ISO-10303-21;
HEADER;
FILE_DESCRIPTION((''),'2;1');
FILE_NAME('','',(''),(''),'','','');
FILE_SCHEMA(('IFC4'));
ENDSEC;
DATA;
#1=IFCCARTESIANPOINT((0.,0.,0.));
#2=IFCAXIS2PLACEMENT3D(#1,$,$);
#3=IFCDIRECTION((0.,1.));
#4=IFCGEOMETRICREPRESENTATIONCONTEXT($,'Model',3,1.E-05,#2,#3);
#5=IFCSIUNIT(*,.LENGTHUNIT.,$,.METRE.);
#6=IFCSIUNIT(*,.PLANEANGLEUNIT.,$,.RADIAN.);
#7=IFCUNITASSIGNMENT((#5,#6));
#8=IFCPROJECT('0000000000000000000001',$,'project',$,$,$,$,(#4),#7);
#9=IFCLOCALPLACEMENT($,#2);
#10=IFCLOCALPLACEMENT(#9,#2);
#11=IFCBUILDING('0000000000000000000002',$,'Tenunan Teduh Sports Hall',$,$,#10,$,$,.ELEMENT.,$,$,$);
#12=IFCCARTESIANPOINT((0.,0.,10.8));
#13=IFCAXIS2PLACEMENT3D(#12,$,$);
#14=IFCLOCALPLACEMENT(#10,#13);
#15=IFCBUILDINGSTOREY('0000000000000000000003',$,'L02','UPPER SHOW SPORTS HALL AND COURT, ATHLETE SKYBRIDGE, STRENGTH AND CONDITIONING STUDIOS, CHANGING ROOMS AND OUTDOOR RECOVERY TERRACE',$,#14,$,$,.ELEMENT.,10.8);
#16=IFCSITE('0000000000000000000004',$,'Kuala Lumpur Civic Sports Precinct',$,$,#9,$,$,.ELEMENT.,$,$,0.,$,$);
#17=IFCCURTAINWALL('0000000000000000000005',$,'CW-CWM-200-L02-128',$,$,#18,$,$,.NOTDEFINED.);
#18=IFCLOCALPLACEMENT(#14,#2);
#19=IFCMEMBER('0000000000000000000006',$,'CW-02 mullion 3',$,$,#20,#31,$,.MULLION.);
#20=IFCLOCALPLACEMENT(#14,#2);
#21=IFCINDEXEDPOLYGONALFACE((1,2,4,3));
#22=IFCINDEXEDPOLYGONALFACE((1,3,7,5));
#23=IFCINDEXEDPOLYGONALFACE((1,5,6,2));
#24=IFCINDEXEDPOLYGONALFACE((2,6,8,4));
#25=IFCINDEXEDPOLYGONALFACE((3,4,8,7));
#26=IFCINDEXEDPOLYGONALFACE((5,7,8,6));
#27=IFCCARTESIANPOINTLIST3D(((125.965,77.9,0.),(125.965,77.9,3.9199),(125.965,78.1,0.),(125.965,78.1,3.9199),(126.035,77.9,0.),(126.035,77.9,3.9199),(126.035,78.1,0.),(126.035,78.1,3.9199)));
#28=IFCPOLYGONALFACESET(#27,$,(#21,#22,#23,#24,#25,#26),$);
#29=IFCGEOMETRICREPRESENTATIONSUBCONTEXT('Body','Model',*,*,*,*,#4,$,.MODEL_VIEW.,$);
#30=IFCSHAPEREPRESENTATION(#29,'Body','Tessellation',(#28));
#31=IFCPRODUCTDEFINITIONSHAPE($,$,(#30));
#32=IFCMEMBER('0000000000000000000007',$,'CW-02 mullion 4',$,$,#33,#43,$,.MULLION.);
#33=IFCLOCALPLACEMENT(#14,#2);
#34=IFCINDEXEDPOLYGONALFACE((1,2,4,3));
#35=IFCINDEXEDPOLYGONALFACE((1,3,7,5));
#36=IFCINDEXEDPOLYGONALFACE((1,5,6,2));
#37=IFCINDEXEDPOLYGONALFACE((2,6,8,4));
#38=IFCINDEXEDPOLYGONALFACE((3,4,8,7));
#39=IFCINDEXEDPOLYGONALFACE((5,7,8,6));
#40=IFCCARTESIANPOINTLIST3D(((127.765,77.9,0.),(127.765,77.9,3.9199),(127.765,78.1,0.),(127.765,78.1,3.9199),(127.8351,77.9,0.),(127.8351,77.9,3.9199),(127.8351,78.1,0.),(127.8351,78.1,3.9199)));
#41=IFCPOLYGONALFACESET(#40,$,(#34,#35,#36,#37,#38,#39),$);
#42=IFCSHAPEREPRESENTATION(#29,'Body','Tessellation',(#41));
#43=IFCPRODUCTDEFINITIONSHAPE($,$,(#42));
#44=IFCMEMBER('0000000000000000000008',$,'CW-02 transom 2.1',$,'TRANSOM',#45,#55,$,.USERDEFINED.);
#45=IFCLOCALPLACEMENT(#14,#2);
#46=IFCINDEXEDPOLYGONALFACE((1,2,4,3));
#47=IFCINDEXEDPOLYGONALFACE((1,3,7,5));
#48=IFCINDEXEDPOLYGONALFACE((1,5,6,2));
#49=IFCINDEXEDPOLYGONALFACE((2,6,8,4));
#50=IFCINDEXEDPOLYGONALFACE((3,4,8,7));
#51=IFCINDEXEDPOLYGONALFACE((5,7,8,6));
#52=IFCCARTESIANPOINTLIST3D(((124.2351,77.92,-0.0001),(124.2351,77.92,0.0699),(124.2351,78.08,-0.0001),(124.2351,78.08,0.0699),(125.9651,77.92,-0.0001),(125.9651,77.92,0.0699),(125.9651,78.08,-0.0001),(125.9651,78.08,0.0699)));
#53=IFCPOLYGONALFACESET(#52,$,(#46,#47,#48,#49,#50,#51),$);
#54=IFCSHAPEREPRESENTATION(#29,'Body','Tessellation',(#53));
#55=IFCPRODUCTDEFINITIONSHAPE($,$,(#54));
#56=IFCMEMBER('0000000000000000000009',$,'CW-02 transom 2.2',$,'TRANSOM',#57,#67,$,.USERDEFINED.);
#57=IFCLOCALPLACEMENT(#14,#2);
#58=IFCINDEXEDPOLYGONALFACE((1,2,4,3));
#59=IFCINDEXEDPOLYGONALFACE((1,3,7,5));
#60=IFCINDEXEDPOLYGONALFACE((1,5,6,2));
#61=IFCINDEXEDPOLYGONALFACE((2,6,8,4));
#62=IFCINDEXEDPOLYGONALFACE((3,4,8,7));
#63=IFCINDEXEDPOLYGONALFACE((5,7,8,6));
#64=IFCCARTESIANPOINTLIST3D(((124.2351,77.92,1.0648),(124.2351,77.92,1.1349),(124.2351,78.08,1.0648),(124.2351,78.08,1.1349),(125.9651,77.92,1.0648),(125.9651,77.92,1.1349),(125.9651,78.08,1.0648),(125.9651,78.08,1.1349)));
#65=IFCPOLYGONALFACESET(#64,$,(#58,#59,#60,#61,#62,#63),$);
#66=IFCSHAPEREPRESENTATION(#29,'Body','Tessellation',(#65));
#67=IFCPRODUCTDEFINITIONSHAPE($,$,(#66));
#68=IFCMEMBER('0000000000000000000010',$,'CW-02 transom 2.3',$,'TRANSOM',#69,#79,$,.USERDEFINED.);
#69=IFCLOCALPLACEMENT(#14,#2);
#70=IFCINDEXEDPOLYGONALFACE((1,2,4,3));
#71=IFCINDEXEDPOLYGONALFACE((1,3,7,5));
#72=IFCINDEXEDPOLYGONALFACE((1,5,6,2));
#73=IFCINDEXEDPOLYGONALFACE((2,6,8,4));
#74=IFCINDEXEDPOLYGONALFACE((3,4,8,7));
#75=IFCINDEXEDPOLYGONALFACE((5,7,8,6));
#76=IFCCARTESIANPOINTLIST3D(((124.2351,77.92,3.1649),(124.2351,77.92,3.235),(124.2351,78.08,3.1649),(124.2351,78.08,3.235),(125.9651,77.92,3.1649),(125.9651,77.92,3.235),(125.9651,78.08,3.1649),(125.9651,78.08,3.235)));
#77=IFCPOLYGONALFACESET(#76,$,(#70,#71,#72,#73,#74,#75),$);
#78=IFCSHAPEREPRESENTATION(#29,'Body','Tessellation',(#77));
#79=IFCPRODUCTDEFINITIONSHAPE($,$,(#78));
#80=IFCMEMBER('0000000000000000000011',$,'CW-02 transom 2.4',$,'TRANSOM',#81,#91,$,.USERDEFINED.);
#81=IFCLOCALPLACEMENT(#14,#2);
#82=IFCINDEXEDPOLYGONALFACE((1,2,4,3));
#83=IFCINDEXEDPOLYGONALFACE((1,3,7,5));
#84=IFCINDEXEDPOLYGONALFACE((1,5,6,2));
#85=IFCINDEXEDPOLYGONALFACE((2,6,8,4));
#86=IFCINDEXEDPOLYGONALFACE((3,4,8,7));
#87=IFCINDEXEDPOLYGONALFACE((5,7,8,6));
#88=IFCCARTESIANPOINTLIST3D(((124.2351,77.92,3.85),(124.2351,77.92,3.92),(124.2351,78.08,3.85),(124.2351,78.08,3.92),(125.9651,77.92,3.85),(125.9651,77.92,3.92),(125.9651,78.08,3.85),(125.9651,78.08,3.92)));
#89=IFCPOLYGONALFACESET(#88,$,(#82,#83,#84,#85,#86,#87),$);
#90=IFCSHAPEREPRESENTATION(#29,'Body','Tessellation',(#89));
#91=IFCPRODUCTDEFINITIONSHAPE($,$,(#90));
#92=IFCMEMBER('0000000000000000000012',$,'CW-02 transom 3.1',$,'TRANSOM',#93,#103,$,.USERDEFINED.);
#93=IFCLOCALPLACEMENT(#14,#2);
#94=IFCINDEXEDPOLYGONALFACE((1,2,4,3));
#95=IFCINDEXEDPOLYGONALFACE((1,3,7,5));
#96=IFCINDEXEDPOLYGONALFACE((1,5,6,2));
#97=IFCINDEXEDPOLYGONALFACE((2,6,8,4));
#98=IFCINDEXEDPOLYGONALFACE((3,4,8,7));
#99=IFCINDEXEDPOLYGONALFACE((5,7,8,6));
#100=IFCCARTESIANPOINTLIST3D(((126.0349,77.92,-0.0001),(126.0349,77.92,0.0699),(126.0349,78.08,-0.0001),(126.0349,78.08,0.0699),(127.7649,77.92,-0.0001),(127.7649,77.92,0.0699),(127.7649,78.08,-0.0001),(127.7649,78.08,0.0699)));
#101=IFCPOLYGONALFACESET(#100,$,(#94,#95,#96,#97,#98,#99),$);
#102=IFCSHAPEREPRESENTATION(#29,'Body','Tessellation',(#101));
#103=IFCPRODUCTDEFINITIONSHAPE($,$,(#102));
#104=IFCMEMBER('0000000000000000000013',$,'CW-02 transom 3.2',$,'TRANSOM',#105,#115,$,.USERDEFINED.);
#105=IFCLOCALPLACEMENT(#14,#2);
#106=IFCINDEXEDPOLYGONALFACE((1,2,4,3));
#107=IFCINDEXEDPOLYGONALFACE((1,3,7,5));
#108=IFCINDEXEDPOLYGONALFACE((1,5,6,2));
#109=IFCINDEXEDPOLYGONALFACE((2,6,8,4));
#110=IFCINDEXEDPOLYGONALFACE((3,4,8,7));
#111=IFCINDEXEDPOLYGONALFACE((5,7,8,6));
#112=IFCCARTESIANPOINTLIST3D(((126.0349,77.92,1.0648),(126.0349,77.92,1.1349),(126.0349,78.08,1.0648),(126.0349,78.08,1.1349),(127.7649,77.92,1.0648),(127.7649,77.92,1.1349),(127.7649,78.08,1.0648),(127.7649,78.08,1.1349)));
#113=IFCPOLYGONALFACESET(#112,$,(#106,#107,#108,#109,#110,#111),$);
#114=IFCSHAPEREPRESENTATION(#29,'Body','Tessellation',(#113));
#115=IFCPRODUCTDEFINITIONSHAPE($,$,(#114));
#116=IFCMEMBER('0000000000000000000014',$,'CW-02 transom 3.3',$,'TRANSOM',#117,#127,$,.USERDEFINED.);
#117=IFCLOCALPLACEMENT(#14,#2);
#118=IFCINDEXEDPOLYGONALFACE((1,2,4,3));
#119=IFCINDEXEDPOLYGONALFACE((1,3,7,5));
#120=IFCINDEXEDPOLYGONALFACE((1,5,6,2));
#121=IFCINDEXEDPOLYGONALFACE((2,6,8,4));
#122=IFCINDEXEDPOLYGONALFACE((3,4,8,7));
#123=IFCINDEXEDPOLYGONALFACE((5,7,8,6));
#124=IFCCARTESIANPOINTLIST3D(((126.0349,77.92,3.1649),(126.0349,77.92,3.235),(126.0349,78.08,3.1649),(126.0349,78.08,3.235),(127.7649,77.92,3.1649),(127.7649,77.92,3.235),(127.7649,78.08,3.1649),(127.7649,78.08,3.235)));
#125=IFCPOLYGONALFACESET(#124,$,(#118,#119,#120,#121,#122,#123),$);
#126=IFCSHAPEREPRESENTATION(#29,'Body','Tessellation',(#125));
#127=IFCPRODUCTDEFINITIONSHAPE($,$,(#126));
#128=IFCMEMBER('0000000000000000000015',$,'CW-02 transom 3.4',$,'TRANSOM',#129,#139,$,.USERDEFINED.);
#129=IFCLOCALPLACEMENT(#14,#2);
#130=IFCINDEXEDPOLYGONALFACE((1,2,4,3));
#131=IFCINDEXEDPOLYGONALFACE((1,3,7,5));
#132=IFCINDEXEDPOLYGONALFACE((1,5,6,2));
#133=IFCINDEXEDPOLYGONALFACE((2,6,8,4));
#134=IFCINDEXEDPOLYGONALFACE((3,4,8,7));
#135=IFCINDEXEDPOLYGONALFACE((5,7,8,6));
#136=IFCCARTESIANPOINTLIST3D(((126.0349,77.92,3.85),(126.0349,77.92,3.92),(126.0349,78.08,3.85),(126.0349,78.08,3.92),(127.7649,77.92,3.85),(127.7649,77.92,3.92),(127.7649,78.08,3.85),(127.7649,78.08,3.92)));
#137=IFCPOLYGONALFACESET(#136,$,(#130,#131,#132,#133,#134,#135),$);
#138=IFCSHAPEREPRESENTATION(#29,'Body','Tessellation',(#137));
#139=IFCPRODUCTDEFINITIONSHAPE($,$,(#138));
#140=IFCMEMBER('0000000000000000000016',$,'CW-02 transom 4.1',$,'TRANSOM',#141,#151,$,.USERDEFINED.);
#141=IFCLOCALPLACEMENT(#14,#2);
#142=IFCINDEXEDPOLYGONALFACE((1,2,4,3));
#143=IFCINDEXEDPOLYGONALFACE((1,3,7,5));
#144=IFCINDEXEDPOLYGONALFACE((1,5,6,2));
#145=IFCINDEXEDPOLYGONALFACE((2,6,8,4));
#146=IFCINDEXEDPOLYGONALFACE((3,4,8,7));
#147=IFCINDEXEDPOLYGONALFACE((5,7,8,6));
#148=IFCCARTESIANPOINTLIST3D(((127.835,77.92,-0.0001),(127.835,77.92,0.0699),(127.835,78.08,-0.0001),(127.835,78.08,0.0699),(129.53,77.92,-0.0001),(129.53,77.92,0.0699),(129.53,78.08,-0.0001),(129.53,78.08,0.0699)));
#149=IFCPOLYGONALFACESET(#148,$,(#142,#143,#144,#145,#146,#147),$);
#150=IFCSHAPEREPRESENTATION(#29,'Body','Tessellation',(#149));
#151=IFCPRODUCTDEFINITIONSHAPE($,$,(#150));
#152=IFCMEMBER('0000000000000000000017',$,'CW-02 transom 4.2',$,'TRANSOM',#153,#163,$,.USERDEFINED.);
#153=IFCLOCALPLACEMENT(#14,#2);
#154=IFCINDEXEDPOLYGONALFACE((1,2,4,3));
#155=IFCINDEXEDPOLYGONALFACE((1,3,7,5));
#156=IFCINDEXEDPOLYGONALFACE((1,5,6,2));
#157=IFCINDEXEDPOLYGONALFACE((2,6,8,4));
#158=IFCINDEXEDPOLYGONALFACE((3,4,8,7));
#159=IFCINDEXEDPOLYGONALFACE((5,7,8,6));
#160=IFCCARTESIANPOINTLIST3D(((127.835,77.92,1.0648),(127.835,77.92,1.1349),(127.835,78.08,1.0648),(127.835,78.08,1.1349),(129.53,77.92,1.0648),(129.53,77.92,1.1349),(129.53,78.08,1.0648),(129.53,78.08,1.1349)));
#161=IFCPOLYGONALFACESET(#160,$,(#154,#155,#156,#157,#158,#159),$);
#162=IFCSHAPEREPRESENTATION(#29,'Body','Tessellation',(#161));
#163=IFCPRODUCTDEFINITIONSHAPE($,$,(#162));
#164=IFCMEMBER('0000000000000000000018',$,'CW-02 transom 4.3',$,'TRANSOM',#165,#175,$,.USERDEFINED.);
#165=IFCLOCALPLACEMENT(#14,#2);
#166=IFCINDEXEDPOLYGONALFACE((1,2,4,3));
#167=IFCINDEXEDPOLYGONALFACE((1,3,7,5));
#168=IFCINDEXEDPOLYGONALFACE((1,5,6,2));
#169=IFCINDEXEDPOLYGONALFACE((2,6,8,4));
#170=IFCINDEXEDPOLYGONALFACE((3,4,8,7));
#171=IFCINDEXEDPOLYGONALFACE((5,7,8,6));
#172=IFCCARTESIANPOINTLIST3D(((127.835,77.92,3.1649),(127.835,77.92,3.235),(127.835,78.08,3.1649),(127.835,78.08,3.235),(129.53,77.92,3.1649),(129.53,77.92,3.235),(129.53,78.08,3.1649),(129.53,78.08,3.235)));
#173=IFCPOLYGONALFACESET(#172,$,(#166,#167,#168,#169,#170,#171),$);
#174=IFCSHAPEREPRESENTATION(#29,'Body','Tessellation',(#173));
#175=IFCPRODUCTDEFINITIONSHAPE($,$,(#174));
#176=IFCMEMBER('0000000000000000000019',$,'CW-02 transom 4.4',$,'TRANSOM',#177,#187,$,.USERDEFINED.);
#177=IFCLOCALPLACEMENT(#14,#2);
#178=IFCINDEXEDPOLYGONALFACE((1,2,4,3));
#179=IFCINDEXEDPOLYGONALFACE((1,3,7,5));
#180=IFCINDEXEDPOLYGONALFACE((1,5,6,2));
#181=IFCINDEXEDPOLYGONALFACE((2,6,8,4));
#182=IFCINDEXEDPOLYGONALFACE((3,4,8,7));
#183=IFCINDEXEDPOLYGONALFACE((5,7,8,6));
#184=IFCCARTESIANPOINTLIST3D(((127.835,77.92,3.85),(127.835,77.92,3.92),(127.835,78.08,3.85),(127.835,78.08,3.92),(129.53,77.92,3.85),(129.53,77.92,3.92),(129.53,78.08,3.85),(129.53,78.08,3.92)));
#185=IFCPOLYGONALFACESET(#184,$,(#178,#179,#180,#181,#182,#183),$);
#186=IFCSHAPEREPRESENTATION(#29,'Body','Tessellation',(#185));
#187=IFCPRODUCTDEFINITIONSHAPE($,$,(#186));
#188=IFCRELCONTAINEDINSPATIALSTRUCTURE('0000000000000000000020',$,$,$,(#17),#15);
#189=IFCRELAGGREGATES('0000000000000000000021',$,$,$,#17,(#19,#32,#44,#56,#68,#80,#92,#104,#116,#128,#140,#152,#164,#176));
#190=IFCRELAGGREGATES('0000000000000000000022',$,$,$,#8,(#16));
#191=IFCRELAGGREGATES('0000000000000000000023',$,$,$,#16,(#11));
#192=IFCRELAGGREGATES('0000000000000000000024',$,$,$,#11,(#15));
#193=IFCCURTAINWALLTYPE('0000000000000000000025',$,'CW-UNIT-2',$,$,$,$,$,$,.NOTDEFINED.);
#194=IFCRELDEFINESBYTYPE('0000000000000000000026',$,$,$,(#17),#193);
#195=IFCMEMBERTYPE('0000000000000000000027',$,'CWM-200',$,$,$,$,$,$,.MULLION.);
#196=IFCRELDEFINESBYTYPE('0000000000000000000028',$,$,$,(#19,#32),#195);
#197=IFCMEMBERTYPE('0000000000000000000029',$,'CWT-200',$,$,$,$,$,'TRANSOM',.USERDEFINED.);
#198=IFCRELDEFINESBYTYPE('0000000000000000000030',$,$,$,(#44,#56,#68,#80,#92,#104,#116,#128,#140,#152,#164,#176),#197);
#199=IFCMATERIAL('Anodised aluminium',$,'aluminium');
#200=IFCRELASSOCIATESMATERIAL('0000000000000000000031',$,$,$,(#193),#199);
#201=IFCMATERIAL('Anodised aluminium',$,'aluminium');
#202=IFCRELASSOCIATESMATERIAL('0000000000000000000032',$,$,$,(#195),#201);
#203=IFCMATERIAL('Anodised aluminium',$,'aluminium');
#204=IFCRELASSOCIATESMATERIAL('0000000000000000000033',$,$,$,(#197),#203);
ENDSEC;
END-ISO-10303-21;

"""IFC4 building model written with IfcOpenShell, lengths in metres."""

from ifc_helpers import new_model, si_unit, direction, frame, origin, origin_2d, place, context, subcontext, project, spatial, rectangle, extrude, material, material_profile, profile_set, type_object, element, aggregate, save


model = new_model("IFC4")

# Units and contexts
model_context = context("Model", 3, precision=1e-05, world=origin(), true_north=direction((0.0, 1.0)))
body_context = subcontext(model_context, "Body", "Model", "MODEL_VIEW")
ifc_project = project(units=[si_unit("LENGTHUNIT", "METRE"), si_unit("PLANEANGLEUNIT", "RADIAN")], contexts=[model_context])

# Site, building, storey
site_placement = place(None, origin())
site = spatial("IfcSite", under=ifc_project, at=site_placement, Name="Kuala Lumpur Civic Sports Precinct", CompositionType="ELEMENT", RefElevation=0.0)
building_placement = place(site_placement, origin())
building = spatial("IfcBuilding", under=site, at=building_placement, Name="Tenunan Teduh Sports Hall", CompositionType="ELEMENT")
storey_placement = place(building_placement, frame((0.0, 0.0, 10.8)))
storey = spatial("IfcBuildingStorey", under=building, at=storey_placement, Name="L02", Description="UPPER SHOW SPORTS HALL AND COURT, ATHLETE SKYBRIDGE, STRENGTH AND CONDITIONING STUDIOS, CHANGING ROOMS AND OUTDOOR RECOVERY TERRACE", CompositionType="ELEMENT", Elevation=10.8)

# Curtain wall, members
ifc_material_1 = material(Name="Anodised aluminium", Category="aluminium")
curtain_wall_type = type_object("IfcCurtainWallType", Name="CW-UNIT-2", PredefinedType="NOTDEFINED", material=ifc_material_1)
curtain_wall_placement = place(storey_placement, origin())
curtain_wall = element("IfcCurtainWall", 1, at=curtain_wall_placement, inside=storey, type_object=curtain_wall_type, Name="CW-CWM-200-L02-128", PredefinedType="NOTDEFINED")
ifc_material_2 = material(Name="Anodised aluminium", Category="aluminium")
ifc_material_profile_1 = material_profile(ifc_material_2, rectangle(XDim=0.0701, YDim=0.2, at=origin_2d()), Name="CWM 70x200")
ifc_profile_set_1 = profile_set([ifc_material_profile_1], Name="Anodised aluminium")
member_type_1 = type_object("IfcMemberType", Name="CWM-200", PredefinedType="MULLION", material=ifc_profile_set_1)
member_1_placement = place(storey_placement, frame((126.0, 78.0, 0.0), z_axis=(0.0, 0.0, 1.0), x_axis=(1.0, 0.0, 0.0)))
member_1 = element("IfcMember", 2, at=member_1_placement, type_object=member_type_1, Name="CW-02 mullion 3", PredefinedType="MULLION", context=body_context, shape_type="SweptSolid", body=[
    extrude(rectangle(XDim=0.0701, YDim=0.2, at=origin_2d()), origin(), (0.0, 0.0, 1.0), 3.9199),
])
member_2_placement = place(storey_placement, frame((127.8, 78.0, 0.0), z_axis=(0.0, 0.0, 1.0), x_axis=(1.0, 0.0, 0.0)))
member_2 = element("IfcMember", 3, at=member_2_placement, type_object=member_type_1, Name="CW-02 mullion 4", PredefinedType="MULLION", context=body_context, shape_type="SweptSolid", body=[
    extrude(rectangle(XDim=0.0701, YDim=0.2, at=origin_2d()), origin(), (0.0, 0.0, 1.0), 3.9199),
])
ifc_material_3 = material(Name="Anodised aluminium", Category="aluminium")
ifc_material_profile_2 = material_profile(ifc_material_3, rectangle(XDim=0.0701, YDim=0.1599, at=origin_2d()), Name="CWT 70x160")
ifc_profile_set_2 = profile_set([ifc_material_profile_2], Name="Anodised aluminium")
member_type_2 = type_object("IfcMemberType", Name="CWT-200", ElementType="TRANSOM", PredefinedType="USERDEFINED", material=ifc_profile_set_2)
member_3_placement = place(storey_placement, frame((124.2351, 78.0, 0.0349), z_axis=(1.0, 0.0, 0.0), x_axis=(0.0, 0.0, 1.0)))
member_3 = element("IfcMember", 4, at=member_3_placement, type_object=member_type_2, Name="CW-02 transom 2.1", ObjectType="TRANSOM", PredefinedType="USERDEFINED", context=body_context, shape_type="SweptSolid", body=[
    extrude(rectangle(XDim=0.0701, YDim=0.1599, at=origin_2d()), origin(), (0.0, 0.0, 1.0), 1.73),
])
member_4_placement = place(storey_placement, frame((124.2351, 78.0, 1.0999), z_axis=(1.0, 0.0, 0.0), x_axis=(0.0, 0.0, 1.0)))
member_4 = element("IfcMember", 5, at=member_4_placement, type_object=member_type_2, Name="CW-02 transom 2.2", ObjectType="TRANSOM", PredefinedType="USERDEFINED", context=body_context, shape_type="SweptSolid", body=[
    extrude(rectangle(XDim=0.0701, YDim=0.1599, at=origin_2d()), origin(), (0.0, 0.0, 1.0), 1.73),
])
member_5_placement = place(storey_placement, frame((124.2351, 78.0, 3.2), z_axis=(1.0, 0.0, 0.0), x_axis=(0.0, 0.0, 1.0)))
member_5 = element("IfcMember", 6, at=member_5_placement, type_object=member_type_2, Name="CW-02 transom 2.3", ObjectType="TRANSOM", PredefinedType="USERDEFINED", context=body_context, shape_type="SweptSolid", body=[
    extrude(rectangle(XDim=0.0701, YDim=0.1599, at=origin_2d()), origin(), (0.0, 0.0, 1.0), 1.73),
])
member_6_placement = place(storey_placement, frame((124.2351, 78.0, 3.885), z_axis=(1.0, 0.0, 0.0), x_axis=(0.0, 0.0, 1.0)))
member_6 = element("IfcMember", 7, at=member_6_placement, type_object=member_type_2, Name="CW-02 transom 2.4", ObjectType="TRANSOM", PredefinedType="USERDEFINED", context=body_context, shape_type="SweptSolid", body=[
    extrude(rectangle(XDim=0.0701, YDim=0.1599, at=origin_2d()), origin(), (0.0, 0.0, 1.0), 1.73),
])
member_7_placement = place(storey_placement, frame((126.0349, 78.0, 0.0349), z_axis=(1.0, 0.0, 0.0), x_axis=(0.0, 0.0, 1.0)))
member_7 = element("IfcMember", 8, at=member_7_placement, type_object=member_type_2, Name="CW-02 transom 3.1", ObjectType="TRANSOM", PredefinedType="USERDEFINED", context=body_context, shape_type="SweptSolid", body=[
    extrude(rectangle(XDim=0.0701, YDim=0.1599, at=origin_2d()), origin(), (0.0, 0.0, 1.0), 1.73),
])
member_8_placement = place(storey_placement, frame((126.0349, 78.0, 1.0999), z_axis=(1.0, 0.0, 0.0), x_axis=(0.0, 0.0, 1.0)))
member_8 = element("IfcMember", 9, at=member_8_placement, type_object=member_type_2, Name="CW-02 transom 3.2", ObjectType="TRANSOM", PredefinedType="USERDEFINED", context=body_context, shape_type="SweptSolid", body=[
    extrude(rectangle(XDim=0.0701, YDim=0.1599, at=origin_2d()), origin(), (0.0, 0.0, 1.0), 1.73),
])
member_9_placement = place(storey_placement, frame((126.0349, 78.0, 3.2), z_axis=(1.0, 0.0, 0.0), x_axis=(0.0, 0.0, 1.0)))
member_9 = element("IfcMember", 10, at=member_9_placement, type_object=member_type_2, Name="CW-02 transom 3.3", ObjectType="TRANSOM", PredefinedType="USERDEFINED", context=body_context, shape_type="SweptSolid", body=[
    extrude(rectangle(XDim=0.0701, YDim=0.1599, at=origin_2d()), origin(), (0.0, 0.0, 1.0), 1.73),
])
member_10_placement = place(storey_placement, frame((126.0349, 78.0, 3.885), z_axis=(1.0, 0.0, 0.0), x_axis=(0.0, 0.0, 1.0)))
member_10 = element("IfcMember", 11, at=member_10_placement, type_object=member_type_2, Name="CW-02 transom 3.4", ObjectType="TRANSOM", PredefinedType="USERDEFINED", context=body_context, shape_type="SweptSolid", body=[
    extrude(rectangle(XDim=0.0701, YDim=0.1599, at=origin_2d()), origin(), (0.0, 0.0, 1.0), 1.73),
])
member_11_placement = place(storey_placement, frame((127.835, 78.0, 0.0349), z_axis=(1.0, 0.0, 0.0), x_axis=(0.0, 0.0, 1.0)))
member_11 = element("IfcMember", 12, at=member_11_placement, type_object=member_type_2, Name="CW-02 transom 4.1", ObjectType="TRANSOM", PredefinedType="USERDEFINED", context=body_context, shape_type="SweptSolid", body=[
    extrude(rectangle(XDim=0.0701, YDim=0.1599, at=origin_2d()), origin(), (0.0, 0.0, 1.0), 1.6951),
])
member_12_placement = place(storey_placement, frame((127.835, 78.0, 1.0999), z_axis=(1.0, 0.0, 0.0), x_axis=(0.0, 0.0, 1.0)))
member_12 = element("IfcMember", 13, at=member_12_placement, type_object=member_type_2, Name="CW-02 transom 4.2", ObjectType="TRANSOM", PredefinedType="USERDEFINED", context=body_context, shape_type="SweptSolid", body=[
    extrude(rectangle(XDim=0.0701, YDim=0.1599, at=origin_2d()), origin(), (0.0, 0.0, 1.0), 1.6951),
])
member_13_placement = place(storey_placement, frame((127.835, 78.0, 3.2), z_axis=(1.0, 0.0, 0.0), x_axis=(0.0, 0.0, 1.0)))
member_13 = element("IfcMember", 14, at=member_13_placement, type_object=member_type_2, Name="CW-02 transom 4.3", ObjectType="TRANSOM", PredefinedType="USERDEFINED", context=body_context, shape_type="SweptSolid", body=[
    extrude(rectangle(XDim=0.0701, YDim=0.1599, at=origin_2d()), origin(), (0.0, 0.0, 1.0), 1.6951),
])
member_14_placement = place(storey_placement, frame((127.835, 78.0, 3.885), z_axis=(1.0, 0.0, 0.0), x_axis=(0.0, 0.0, 1.0)))
member_14 = element("IfcMember", 15, at=member_14_placement, type_object=member_type_2, Name="CW-02 transom 4.4", ObjectType="TRANSOM", PredefinedType="USERDEFINED", context=body_context, shape_type="SweptSolid", body=[
    extrude(rectangle(XDim=0.0701, YDim=0.1599, at=origin_2d()), origin(), (0.0, 0.0, 1.0), 1.6951),
])
aggregate(curtain_wall, [member_1, member_2, member_3, member_4, member_5, member_6, member_7, member_8, member_9, member_10, member_11, member_12, member_13, member_14])

save(model, "model.ifc")
